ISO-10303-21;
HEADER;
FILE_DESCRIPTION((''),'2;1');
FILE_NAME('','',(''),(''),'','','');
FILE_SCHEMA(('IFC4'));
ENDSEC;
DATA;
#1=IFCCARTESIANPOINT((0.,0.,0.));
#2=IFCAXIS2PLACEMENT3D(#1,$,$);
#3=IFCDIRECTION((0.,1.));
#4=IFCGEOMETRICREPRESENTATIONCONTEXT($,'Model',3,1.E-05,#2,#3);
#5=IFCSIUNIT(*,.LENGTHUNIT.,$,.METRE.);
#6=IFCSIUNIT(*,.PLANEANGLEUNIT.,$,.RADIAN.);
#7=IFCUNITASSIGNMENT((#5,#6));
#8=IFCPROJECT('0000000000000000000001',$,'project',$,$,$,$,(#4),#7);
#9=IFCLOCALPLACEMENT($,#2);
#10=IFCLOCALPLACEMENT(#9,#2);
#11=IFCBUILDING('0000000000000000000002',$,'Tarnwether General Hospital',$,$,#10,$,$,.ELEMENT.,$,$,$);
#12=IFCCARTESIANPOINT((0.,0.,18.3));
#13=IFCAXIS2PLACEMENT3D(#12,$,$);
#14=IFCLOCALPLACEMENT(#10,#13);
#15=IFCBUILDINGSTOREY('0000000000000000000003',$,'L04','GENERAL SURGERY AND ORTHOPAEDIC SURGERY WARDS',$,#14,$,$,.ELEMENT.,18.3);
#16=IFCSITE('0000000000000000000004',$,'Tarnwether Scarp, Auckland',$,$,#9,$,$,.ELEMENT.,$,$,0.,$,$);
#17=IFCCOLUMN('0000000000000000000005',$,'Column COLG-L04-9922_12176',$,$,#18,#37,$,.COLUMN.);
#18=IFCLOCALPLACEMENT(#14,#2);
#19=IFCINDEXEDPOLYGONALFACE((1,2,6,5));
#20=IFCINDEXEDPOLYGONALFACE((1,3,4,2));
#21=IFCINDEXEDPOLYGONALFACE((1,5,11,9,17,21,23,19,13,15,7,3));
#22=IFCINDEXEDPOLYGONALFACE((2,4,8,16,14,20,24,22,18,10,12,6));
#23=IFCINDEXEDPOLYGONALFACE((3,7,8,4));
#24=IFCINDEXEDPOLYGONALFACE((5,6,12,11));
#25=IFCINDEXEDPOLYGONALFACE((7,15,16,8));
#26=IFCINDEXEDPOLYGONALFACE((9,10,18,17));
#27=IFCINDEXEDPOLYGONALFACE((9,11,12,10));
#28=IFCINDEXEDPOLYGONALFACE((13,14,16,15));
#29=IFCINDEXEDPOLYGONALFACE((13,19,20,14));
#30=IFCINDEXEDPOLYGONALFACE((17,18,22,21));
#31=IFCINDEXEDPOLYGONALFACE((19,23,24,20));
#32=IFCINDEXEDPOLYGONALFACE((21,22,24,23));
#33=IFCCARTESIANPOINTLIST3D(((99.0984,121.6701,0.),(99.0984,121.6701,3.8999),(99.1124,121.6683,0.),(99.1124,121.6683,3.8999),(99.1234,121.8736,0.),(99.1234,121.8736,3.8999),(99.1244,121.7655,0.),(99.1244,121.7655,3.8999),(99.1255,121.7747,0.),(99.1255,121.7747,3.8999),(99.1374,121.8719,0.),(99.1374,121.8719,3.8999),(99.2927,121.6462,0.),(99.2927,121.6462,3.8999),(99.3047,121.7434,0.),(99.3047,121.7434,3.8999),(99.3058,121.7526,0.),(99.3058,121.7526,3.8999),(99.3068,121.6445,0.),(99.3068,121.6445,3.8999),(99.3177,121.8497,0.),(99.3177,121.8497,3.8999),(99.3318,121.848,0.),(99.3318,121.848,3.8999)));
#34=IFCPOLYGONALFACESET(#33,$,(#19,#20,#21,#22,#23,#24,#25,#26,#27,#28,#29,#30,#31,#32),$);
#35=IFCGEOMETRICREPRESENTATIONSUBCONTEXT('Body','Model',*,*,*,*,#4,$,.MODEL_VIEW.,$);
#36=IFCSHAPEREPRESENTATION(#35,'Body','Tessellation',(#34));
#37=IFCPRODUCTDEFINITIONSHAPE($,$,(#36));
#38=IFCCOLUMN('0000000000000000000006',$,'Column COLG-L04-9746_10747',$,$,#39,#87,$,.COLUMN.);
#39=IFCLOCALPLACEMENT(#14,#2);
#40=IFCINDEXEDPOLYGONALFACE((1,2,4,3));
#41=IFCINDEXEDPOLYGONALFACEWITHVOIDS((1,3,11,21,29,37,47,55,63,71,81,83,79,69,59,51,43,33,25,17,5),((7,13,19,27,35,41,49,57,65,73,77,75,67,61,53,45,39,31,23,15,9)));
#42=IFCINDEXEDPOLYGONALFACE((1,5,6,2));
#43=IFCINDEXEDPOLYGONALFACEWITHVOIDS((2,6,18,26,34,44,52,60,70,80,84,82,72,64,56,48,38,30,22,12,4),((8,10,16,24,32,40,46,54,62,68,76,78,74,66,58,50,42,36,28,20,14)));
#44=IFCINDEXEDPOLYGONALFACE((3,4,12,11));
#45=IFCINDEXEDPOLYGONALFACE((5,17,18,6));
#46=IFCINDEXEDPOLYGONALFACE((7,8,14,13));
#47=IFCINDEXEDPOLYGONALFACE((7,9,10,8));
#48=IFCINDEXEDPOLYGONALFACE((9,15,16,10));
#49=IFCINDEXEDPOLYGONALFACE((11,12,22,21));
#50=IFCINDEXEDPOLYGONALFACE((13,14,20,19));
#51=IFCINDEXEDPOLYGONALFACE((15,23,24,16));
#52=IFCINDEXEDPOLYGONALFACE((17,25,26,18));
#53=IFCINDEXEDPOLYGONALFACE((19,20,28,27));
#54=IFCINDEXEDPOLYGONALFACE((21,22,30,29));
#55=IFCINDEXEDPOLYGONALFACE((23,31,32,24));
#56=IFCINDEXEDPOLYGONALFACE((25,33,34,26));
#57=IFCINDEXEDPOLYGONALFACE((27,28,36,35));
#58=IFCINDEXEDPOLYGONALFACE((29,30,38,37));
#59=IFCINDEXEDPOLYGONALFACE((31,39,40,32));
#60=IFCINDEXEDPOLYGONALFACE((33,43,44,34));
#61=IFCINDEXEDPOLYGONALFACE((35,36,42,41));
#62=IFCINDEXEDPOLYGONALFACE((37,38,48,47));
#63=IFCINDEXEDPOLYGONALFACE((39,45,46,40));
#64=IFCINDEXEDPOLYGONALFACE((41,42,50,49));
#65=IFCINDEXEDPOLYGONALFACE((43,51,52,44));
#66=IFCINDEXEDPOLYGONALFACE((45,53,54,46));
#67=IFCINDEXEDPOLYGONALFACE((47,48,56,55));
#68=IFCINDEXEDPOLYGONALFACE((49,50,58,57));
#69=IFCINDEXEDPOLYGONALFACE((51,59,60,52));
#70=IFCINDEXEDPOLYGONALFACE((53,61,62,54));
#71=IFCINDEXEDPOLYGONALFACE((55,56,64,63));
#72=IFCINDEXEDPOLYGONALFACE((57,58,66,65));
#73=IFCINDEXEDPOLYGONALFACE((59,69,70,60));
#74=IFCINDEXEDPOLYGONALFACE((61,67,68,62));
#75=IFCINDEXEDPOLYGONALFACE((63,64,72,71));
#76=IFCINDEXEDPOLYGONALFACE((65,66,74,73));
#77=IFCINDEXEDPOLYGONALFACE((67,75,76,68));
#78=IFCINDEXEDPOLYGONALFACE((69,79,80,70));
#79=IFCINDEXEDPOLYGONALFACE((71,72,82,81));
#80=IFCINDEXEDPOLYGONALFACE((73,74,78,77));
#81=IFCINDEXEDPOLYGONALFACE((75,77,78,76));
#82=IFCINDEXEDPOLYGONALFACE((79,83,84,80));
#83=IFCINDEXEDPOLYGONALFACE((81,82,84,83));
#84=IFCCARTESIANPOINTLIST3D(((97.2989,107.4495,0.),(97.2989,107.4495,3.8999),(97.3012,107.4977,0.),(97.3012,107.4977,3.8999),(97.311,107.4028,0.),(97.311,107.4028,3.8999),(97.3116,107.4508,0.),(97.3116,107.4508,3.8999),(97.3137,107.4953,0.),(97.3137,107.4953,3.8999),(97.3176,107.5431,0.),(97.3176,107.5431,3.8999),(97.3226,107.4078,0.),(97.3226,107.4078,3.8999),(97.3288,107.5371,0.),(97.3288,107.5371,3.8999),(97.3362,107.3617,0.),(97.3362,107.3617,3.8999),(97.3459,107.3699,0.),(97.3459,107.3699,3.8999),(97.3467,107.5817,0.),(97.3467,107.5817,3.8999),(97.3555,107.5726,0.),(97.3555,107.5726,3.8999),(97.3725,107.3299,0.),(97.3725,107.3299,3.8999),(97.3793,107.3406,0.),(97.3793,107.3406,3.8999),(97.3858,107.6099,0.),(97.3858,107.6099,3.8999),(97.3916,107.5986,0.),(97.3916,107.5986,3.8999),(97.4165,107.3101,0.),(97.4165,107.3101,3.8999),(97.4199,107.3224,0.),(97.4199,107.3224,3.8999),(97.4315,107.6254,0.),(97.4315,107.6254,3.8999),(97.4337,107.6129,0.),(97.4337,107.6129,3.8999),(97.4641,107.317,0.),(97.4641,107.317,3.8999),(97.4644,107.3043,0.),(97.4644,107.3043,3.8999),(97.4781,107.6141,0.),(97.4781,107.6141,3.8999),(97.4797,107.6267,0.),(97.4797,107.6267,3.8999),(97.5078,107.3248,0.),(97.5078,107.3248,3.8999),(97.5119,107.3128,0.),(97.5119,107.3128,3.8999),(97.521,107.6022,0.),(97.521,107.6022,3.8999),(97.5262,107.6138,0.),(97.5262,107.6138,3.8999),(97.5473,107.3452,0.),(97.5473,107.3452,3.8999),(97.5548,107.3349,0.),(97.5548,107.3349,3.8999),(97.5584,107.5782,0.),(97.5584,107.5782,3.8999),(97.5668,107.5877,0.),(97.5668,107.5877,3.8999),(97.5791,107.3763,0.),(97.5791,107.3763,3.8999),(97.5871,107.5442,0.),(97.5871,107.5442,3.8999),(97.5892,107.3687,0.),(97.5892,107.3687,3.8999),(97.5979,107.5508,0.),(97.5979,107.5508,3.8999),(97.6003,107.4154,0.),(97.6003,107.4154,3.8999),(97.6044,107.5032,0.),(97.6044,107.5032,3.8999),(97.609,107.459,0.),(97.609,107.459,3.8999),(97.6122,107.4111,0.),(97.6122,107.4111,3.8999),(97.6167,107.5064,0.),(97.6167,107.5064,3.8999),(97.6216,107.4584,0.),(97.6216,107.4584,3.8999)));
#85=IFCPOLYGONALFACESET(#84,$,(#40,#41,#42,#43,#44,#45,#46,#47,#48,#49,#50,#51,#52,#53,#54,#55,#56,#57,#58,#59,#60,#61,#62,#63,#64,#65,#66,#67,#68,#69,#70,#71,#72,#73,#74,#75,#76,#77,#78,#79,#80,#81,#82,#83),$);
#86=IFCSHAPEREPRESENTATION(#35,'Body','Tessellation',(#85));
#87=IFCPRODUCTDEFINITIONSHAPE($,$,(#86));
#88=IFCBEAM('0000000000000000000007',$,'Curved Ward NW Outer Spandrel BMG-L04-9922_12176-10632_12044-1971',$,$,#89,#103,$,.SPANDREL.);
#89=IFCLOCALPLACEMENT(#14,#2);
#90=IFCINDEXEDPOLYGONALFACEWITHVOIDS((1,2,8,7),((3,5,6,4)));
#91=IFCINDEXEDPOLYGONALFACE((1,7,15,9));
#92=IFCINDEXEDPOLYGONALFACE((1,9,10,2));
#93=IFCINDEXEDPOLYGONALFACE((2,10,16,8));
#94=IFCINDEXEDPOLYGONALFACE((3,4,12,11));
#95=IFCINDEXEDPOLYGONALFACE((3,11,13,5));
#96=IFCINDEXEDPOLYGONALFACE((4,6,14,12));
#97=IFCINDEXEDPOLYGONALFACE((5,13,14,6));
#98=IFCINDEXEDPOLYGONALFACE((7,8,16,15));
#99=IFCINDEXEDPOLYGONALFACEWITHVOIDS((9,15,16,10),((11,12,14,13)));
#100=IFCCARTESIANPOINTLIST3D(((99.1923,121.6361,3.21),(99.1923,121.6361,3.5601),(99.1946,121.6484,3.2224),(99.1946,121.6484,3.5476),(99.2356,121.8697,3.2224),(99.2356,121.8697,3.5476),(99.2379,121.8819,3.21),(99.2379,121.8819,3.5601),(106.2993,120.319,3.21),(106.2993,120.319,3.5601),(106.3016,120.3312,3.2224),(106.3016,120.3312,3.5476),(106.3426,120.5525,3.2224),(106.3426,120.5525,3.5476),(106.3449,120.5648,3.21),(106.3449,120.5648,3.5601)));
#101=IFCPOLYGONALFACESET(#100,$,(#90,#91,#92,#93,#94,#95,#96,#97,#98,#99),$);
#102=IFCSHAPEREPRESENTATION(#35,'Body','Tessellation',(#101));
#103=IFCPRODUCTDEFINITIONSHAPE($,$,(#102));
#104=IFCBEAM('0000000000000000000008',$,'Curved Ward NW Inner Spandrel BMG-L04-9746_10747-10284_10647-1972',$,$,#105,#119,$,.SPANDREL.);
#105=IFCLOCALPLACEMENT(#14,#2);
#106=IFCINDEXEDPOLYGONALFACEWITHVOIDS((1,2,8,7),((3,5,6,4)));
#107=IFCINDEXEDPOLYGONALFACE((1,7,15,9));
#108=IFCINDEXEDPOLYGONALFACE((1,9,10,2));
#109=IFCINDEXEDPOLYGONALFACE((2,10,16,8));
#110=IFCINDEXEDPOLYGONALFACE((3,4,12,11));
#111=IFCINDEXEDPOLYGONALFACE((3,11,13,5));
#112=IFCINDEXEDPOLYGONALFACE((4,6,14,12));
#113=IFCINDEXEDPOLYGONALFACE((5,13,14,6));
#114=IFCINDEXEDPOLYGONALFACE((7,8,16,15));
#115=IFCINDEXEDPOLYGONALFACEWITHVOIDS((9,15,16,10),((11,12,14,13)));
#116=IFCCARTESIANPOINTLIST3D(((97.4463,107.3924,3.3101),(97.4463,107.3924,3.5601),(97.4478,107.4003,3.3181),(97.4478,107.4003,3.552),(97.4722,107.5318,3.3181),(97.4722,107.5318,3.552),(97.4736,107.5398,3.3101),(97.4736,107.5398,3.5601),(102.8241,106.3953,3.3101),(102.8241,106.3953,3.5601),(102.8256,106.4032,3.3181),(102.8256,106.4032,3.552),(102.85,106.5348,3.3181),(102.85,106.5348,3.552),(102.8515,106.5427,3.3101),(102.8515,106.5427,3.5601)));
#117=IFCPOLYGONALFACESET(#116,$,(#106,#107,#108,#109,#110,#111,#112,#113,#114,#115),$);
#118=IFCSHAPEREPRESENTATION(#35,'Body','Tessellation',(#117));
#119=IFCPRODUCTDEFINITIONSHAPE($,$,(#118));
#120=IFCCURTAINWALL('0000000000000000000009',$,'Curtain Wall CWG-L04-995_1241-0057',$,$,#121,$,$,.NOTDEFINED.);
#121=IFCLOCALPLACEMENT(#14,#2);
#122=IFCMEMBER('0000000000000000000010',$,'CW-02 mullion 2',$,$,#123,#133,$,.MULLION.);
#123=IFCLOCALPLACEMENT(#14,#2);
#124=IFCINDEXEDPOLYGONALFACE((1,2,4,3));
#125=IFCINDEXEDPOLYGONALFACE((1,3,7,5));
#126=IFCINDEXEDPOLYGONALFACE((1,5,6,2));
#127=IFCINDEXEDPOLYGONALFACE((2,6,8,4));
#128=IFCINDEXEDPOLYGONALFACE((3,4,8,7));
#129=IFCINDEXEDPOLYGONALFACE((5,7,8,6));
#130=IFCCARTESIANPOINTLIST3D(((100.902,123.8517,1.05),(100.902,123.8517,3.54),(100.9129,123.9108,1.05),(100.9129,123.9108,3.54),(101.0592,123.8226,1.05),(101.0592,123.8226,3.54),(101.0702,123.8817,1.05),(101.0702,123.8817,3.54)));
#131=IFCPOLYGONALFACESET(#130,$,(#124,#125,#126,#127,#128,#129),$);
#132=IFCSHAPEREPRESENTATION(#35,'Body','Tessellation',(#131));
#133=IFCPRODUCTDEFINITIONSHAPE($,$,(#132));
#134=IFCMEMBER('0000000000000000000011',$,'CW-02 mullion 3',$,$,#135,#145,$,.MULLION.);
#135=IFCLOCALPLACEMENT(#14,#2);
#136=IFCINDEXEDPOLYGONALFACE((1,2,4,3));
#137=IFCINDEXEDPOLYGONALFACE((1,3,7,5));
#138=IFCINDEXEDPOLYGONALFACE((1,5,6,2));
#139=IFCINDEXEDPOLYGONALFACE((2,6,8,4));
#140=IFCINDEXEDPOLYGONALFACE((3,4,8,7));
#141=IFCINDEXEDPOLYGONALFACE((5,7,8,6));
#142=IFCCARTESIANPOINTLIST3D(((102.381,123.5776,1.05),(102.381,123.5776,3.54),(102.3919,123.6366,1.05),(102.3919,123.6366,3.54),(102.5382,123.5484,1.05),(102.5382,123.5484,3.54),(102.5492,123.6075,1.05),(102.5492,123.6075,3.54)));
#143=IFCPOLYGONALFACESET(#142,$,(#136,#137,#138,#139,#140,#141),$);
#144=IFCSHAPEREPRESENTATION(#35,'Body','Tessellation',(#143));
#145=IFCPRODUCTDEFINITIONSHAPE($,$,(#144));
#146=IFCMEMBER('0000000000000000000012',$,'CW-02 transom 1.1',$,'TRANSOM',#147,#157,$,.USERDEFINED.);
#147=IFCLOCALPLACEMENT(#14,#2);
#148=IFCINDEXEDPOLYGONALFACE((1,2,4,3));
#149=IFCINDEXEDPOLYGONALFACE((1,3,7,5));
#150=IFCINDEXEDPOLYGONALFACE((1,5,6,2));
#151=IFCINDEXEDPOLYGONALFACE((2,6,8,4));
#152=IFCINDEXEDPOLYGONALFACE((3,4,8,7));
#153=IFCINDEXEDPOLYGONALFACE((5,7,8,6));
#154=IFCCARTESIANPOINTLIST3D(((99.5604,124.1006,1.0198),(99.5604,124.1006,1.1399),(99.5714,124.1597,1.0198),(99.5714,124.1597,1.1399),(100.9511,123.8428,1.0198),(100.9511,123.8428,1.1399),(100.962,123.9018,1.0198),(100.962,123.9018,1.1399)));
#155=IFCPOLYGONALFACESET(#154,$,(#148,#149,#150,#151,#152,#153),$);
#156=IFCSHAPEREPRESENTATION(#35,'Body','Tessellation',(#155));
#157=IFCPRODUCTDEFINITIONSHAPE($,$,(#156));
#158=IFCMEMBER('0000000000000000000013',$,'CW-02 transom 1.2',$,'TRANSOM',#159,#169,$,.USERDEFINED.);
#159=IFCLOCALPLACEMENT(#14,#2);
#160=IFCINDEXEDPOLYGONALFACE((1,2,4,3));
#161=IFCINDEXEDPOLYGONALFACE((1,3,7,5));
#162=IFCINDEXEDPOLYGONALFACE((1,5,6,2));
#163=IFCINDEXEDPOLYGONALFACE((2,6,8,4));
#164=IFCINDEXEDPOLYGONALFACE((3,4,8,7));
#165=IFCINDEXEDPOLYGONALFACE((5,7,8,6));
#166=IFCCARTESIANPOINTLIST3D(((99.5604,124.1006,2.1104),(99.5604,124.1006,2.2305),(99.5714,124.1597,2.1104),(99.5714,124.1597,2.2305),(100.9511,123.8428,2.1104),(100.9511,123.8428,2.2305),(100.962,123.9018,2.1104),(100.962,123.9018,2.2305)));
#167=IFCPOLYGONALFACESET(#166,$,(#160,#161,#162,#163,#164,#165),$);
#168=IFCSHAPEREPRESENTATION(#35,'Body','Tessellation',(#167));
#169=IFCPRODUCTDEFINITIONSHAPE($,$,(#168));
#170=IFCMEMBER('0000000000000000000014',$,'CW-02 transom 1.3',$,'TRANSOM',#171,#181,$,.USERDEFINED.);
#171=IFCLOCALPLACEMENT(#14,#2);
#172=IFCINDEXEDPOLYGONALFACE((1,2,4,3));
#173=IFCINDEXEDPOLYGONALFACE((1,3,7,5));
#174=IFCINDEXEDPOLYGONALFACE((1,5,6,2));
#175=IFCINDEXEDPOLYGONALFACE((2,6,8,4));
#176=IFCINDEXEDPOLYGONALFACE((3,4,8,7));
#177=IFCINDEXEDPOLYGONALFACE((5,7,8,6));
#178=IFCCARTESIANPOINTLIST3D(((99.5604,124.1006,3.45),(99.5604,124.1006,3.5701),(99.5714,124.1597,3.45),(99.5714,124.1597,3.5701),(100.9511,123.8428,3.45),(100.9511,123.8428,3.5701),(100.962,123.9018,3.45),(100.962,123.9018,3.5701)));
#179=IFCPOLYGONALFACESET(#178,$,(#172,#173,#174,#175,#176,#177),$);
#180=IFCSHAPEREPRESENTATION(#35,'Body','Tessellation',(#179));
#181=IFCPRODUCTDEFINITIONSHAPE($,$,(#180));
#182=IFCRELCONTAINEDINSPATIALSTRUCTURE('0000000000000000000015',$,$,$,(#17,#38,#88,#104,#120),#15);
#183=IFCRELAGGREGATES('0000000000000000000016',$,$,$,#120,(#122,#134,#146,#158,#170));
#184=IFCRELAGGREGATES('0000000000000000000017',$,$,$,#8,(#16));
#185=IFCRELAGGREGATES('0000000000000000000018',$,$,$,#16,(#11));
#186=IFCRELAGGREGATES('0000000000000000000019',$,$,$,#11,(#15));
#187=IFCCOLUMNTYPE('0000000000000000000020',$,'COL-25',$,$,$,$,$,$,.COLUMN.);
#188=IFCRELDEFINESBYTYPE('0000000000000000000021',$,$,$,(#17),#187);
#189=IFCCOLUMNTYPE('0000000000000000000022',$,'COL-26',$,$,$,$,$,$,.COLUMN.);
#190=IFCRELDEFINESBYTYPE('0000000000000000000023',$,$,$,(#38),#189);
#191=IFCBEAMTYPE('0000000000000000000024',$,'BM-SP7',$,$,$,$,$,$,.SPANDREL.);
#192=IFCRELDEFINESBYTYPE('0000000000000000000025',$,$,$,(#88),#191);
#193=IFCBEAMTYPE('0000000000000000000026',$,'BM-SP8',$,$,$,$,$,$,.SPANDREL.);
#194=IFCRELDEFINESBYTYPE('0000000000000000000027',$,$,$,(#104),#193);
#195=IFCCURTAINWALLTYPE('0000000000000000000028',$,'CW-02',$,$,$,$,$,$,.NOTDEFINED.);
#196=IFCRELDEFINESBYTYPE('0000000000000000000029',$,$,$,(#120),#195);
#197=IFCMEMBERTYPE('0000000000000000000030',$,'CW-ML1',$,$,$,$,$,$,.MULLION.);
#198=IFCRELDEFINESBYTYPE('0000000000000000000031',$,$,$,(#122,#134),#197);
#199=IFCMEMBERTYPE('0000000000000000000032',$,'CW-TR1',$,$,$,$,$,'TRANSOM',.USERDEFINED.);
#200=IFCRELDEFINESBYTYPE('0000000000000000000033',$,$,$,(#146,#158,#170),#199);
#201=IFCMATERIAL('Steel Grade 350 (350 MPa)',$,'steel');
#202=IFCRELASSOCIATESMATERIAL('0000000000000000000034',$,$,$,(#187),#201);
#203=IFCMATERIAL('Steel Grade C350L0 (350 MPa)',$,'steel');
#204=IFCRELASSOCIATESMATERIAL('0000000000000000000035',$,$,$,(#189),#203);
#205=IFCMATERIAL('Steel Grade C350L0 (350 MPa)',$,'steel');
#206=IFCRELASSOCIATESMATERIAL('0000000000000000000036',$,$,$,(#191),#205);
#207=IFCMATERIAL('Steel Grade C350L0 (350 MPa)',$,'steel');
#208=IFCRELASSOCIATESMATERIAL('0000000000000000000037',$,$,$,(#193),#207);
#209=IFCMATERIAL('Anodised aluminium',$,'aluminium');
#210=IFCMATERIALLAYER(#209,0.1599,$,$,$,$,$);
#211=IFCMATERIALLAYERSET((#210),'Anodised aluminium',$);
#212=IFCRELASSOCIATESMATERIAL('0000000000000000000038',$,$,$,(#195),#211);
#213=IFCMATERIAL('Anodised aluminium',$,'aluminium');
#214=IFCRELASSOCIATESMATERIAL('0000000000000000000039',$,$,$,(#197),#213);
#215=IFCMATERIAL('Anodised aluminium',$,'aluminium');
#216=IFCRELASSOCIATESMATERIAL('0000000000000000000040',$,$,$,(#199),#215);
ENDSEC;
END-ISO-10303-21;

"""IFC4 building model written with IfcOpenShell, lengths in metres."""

from ifc_helpers import new_model, si_unit, direction, frame, origin, origin_2d, place, context, subcontext, project, spatial, rectangle, hollow_rectangle, hollow_circle, i_section, extrude, material, layer, layer_set, material_profile, profile_set, type_object, element, aggregate, save


model = new_model("IFC4")

# Units and contexts
model_context = context("Model", 3, precision=1e-05, world=origin(), true_north=direction((0.0, 1.0)))
body_context = subcontext(model_context, "Body", "Model", "MODEL_VIEW")
ifc_project = project(units=[si_unit("LENGTHUNIT", "METRE"), si_unit("PLANEANGLEUNIT", "RADIAN")], contexts=[model_context])

# Site, building, storey
site_placement = place(None, origin())
site = spatial("IfcSite", under=ifc_project, at=site_placement, Name="Tarnwether Scarp, Auckland", CompositionType="ELEMENT", RefElevation=0.0)
building_placement = place(site_placement, origin())
building = spatial("IfcBuilding", under=site, at=building_placement, Name="Tarnwether General Hospital", CompositionType="ELEMENT")
storey_placement = place(building_placement, frame((0.0, 0.0, 18.3)))
storey = spatial("IfcBuildingStorey", under=building, at=storey_placement, Name="L04", Description="GENERAL SURGERY AND ORTHOPAEDIC SURGERY WARDS", CompositionType="ELEMENT", Elevation=18.3)

# Columns
ifc_material_1 = material(Name="Steel Grade 350 (350 MPa)", Category="steel")
ifc_material_profile_1 = material_profile(ifc_material_1, i_section(OverallWidth=0.2051, OverallDepth=0.21, WebThickness=0.0093, FlangeThickness=0.0142, at=origin_2d()), Name="200UC59.5")
ifc_profile_set_1 = profile_set([ifc_material_profile_1], Name="Steel Grade 350 (350 MPa)")
column_type_1 = type_object("IfcColumnType", Name="COL-25", PredefinedType="COLUMN", material=ifc_profile_set_1)
column_1_placement = place(storey_placement, frame((99.2151, 121.759, 0.0), z_axis=(0.0, 0.0, 1.0), x_axis=(0.121869, 0.992546, 0.0)))
element("IfcColumn", 1, at=column_1_placement, inside=storey, type_object=column_type_1, Name="Column COLG-L04-9922_12176", PredefinedType="COLUMN", context=body_context, shape_type="SweptSolid", body=[
    extrude(i_section(OverallWidth=0.2051, OverallDepth=0.21, WebThickness=0.0093, FlangeThickness=0.0142, at=origin_2d()), origin(), (0.0, 0.0, 1.0), 3.8999),
])
ifc_material_2 = material(Name="Steel Grade C350L0 (350 MPa)", Category="steel")
ifc_material_profile_2 = material_profile(ifc_material_2, hollow_circle(Radius=0.1619, WallThickness=0.0127, at=origin_2d()), Name="CHS323.9x12.7")
ifc_profile_set_2 = profile_set([ifc_material_profile_2], Name="Steel Grade C350L0 (350 MPa)")
column_type_2 = type_object("IfcColumnType", Name="COL-26", PredefinedType="COLUMN", material=ifc_profile_set_2)
column_2_placement = place(storey_placement, frame((97.46, 107.4661, 0.0), z_axis=(0.0, 0.0, 1.0), x_axis=(0.121869, 0.992546, 0.0)))
element("IfcColumn", 2, at=column_2_placement, inside=storey, type_object=column_type_2, Name="Column COLG-L04-9746_10747", PredefinedType="COLUMN", context=body_context, shape_type="SweptSolid", body=[
    extrude(hollow_circle(Radius=0.1619, WallThickness=0.0127, at=origin_2d()), origin(), (0.0, 0.0, 1.0), 3.8999),
])

# Beams
ifc_material_3 = material(Name="Steel Grade C350L0 (350 MPa)", Category="steel")
ifc_material_profile_3 = material_profile(ifc_material_3, hollow_rectangle(XDim=0.25, YDim=0.3501, WallThickness=0.0125, at=origin_2d()), Name="RHS350x250x12.5")
ifc_profile_set_3 = profile_set([ifc_material_profile_3], Name="Steel Grade C350L0 (350 MPa)")
beam_type_1 = type_object("IfcBeamType", Name="BM-SP7", PredefinedType="SPANDREL", material=ifc_profile_set_3)
beam_1_placement = place(storey_placement, frame((99.2151, 121.759, 3.385), z_axis=(0.983256, -0.182228, 0.0), x_axis=(0.182228, 0.983256, 0.0)))
element("IfcBeam", 3, at=beam_1_placement, inside=storey, type_object=beam_type_1, Name="Curved Ward NW Outer Spandrel BMG-L04-9922_12176-10632_12044-1971", PredefinedType="SPANDREL", context=body_context, shape_type="SweptSolid", body=[
    extrude(hollow_rectangle(XDim=0.25, YDim=0.3501, WallThickness=0.0125, at=origin_2d()), origin(), (0.0, 0.0, 1.0), 7.228),
])
ifc_material_4 = material(Name="Steel Grade C350L0 (350 MPa)", Category="steel")
ifc_material_profile_4 = material_profile(ifc_material_4, hollow_rectangle(XDim=0.1499, YDim=0.25, WallThickness=0.0081, at=origin_2d()), Name="RHS250x150x8")
ifc_profile_set_4 = profile_set([ifc_material_profile_4], Name="Steel Grade C350L0 (350 MPa)")
beam_type_2 = type_object("IfcBeamType", Name="BM-SP8", PredefinedType="SPANDREL", material=ifc_profile_set_4)
beam_2_placement = place(storey_placement, frame((97.46, 107.4661, 3.4351), z_axis=(0.983244, -0.182294, 0.0), x_axis=(0.182294, 0.983244, 0.0)))
element("IfcBeam", 4, at=beam_2_placement, inside=storey, type_object=beam_type_2, Name="Curved Ward NW Inner Spandrel BMG-L04-9746_10747-10284_10647-1972", PredefinedType="SPANDREL", context=body_context, shape_type="SweptSolid", body=[
    extrude(hollow_rectangle(XDim=0.1499, YDim=0.25, WallThickness=0.0081, at=origin_2d()), origin(), (0.0, 0.0, 1.0), 5.4695),
])

# Curtain wall, members
ifc_material_5 = material(Name="Anodised aluminium", Category="aluminium")
ifc_layer_1 = layer(ifc_material_5, 0.1599)
ifc_layer_set_1 = layer_set([ifc_layer_1], Name="Anodised aluminium")
curtain_wall_type = type_object("IfcCurtainWallType", Name="CW-02", PredefinedType="NOTDEFINED", material=ifc_layer_set_1)
curtain_wall_placement = place(storey_placement, origin())
curtain_wall = element("IfcCurtainWall", 5, at=curtain_wall_placement, inside=storey, type_object=curtain_wall_type, Name="Curtain Wall CWG-L04-995_1241-0057", PredefinedType="NOTDEFINED")
ifc_material_6 = material(Name="Anodised aluminium", Category="aluminium")
ifc_material_profile_5 = material_profile(ifc_material_6, rectangle(XDim=0.0601, YDim=0.1599, at=origin_2d()), Name="ALU-MUL-60x160")
ifc_profile_set_5 = profile_set([ifc_material_profile_5], Name="Anodised aluminium")
member_type_1 = type_object("IfcMemberType", Name="CW-ML1", PredefinedType="MULLION", material=ifc_profile_set_5)
member_1_placement = place(storey_placement, frame((100.9861, 123.8667, 1.05), z_axis=(0.0, 0.0, 1.0), x_axis=(0.182289, 0.983245, 0.0)))
member_1 = element("IfcMember", 6, at=member_1_placement, type_object=member_type_1, Name="CW-02 mullion 2", PredefinedType="MULLION", context=body_context, shape_type="SweptSolid", body=[
    extrude(rectangle(XDim=0.0601, YDim=0.1599, at=origin_2d()), origin(), (0.0, 0.0, 1.0), 2.49),
])
member_2_placement = place(storey_placement, frame((102.4651, 123.5925, 1.05), z_axis=(0.0, 0.0, 1.0), x_axis=(0.182289, 0.983245, 0.0)))
member_2 = element("IfcMember", 7, at=member_2_placement, type_object=member_type_1, Name="CW-02 mullion 3", PredefinedType="MULLION", context=body_context, shape_type="SweptSolid", body=[
    extrude(rectangle(XDim=0.0601, YDim=0.1599, at=origin_2d()), origin(), (0.0, 0.0, 1.0), 2.49),
])
ifc_material_7 = material(Name="Anodised aluminium", Category="aluminium")
ifc_material_profile_6 = material_profile(ifc_material_7, rectangle(XDim=0.0601, YDim=0.1201, at=origin_2d()), Name="ALU-TRN-60x120")
ifc_profile_set_6 = profile_set([ifc_material_profile_6], Name="Anodised aluminium")
member_type_2 = type_object("IfcMemberType", Name="CW-TR1", ElementType="TRANSOM", PredefinedType="USERDEFINED", material=ifc_profile_set_6)
member_3_placement = place(storey_placement, frame((99.5659, 124.1301, 1.0798), z_axis=(0.983245, -0.182287, 0.0), x_axis=(0.182287, 0.983245, 0.0)))
member_3 = element("IfcMember", 8, at=member_3_placement, type_object=member_type_2, Name="CW-02 transom 1.1", ObjectType="TRANSOM", PredefinedType="USERDEFINED", context=body_context, shape_type="SweptSolid", body=[
    extrude(rectangle(XDim=0.0601, YDim=0.1201, at=origin_2d()), origin(), (0.0, 0.0, 1.0), 1.4143),
])
member_4_placement = place(storey_placement, frame((99.5659, 124.1301, 2.1704), z_axis=(0.983245, -0.182287, 0.0), x_axis=(0.182287, 0.983245, 0.0)))
member_4 = element("IfcMember", 9, at=member_4_placement, type_object=member_type_2, Name="CW-02 transom 1.2", ObjectType="TRANSOM", PredefinedType="USERDEFINED", context=body_context, shape_type="SweptSolid", body=[
    extrude(rectangle(XDim=0.0601, YDim=0.1201, at=origin_2d()), origin(), (0.0, 0.0, 1.0), 1.4143),
])
member_5_placement = place(storey_placement, frame((99.5659, 124.1301, 3.51), z_axis=(0.983245, -0.182287, 0.0), x_axis=(0.182287, 0.983245, 0.0)))
member_5 = element("IfcMember", 10, at=member_5_placement, type_object=member_type_2, Name="CW-02 transom 1.3", ObjectType="TRANSOM", PredefinedType="USERDEFINED", context=body_context, shape_type="SweptSolid", body=[
    extrude(rectangle(XDim=0.0601, YDim=0.1201, at=origin_2d()), origin(), (0.0, 0.0, 1.0), 1.4143),
])
aggregate(curtain_wall, [member_1, member_2, member_3, member_4, member_5])

save(model, "model.ifc")
